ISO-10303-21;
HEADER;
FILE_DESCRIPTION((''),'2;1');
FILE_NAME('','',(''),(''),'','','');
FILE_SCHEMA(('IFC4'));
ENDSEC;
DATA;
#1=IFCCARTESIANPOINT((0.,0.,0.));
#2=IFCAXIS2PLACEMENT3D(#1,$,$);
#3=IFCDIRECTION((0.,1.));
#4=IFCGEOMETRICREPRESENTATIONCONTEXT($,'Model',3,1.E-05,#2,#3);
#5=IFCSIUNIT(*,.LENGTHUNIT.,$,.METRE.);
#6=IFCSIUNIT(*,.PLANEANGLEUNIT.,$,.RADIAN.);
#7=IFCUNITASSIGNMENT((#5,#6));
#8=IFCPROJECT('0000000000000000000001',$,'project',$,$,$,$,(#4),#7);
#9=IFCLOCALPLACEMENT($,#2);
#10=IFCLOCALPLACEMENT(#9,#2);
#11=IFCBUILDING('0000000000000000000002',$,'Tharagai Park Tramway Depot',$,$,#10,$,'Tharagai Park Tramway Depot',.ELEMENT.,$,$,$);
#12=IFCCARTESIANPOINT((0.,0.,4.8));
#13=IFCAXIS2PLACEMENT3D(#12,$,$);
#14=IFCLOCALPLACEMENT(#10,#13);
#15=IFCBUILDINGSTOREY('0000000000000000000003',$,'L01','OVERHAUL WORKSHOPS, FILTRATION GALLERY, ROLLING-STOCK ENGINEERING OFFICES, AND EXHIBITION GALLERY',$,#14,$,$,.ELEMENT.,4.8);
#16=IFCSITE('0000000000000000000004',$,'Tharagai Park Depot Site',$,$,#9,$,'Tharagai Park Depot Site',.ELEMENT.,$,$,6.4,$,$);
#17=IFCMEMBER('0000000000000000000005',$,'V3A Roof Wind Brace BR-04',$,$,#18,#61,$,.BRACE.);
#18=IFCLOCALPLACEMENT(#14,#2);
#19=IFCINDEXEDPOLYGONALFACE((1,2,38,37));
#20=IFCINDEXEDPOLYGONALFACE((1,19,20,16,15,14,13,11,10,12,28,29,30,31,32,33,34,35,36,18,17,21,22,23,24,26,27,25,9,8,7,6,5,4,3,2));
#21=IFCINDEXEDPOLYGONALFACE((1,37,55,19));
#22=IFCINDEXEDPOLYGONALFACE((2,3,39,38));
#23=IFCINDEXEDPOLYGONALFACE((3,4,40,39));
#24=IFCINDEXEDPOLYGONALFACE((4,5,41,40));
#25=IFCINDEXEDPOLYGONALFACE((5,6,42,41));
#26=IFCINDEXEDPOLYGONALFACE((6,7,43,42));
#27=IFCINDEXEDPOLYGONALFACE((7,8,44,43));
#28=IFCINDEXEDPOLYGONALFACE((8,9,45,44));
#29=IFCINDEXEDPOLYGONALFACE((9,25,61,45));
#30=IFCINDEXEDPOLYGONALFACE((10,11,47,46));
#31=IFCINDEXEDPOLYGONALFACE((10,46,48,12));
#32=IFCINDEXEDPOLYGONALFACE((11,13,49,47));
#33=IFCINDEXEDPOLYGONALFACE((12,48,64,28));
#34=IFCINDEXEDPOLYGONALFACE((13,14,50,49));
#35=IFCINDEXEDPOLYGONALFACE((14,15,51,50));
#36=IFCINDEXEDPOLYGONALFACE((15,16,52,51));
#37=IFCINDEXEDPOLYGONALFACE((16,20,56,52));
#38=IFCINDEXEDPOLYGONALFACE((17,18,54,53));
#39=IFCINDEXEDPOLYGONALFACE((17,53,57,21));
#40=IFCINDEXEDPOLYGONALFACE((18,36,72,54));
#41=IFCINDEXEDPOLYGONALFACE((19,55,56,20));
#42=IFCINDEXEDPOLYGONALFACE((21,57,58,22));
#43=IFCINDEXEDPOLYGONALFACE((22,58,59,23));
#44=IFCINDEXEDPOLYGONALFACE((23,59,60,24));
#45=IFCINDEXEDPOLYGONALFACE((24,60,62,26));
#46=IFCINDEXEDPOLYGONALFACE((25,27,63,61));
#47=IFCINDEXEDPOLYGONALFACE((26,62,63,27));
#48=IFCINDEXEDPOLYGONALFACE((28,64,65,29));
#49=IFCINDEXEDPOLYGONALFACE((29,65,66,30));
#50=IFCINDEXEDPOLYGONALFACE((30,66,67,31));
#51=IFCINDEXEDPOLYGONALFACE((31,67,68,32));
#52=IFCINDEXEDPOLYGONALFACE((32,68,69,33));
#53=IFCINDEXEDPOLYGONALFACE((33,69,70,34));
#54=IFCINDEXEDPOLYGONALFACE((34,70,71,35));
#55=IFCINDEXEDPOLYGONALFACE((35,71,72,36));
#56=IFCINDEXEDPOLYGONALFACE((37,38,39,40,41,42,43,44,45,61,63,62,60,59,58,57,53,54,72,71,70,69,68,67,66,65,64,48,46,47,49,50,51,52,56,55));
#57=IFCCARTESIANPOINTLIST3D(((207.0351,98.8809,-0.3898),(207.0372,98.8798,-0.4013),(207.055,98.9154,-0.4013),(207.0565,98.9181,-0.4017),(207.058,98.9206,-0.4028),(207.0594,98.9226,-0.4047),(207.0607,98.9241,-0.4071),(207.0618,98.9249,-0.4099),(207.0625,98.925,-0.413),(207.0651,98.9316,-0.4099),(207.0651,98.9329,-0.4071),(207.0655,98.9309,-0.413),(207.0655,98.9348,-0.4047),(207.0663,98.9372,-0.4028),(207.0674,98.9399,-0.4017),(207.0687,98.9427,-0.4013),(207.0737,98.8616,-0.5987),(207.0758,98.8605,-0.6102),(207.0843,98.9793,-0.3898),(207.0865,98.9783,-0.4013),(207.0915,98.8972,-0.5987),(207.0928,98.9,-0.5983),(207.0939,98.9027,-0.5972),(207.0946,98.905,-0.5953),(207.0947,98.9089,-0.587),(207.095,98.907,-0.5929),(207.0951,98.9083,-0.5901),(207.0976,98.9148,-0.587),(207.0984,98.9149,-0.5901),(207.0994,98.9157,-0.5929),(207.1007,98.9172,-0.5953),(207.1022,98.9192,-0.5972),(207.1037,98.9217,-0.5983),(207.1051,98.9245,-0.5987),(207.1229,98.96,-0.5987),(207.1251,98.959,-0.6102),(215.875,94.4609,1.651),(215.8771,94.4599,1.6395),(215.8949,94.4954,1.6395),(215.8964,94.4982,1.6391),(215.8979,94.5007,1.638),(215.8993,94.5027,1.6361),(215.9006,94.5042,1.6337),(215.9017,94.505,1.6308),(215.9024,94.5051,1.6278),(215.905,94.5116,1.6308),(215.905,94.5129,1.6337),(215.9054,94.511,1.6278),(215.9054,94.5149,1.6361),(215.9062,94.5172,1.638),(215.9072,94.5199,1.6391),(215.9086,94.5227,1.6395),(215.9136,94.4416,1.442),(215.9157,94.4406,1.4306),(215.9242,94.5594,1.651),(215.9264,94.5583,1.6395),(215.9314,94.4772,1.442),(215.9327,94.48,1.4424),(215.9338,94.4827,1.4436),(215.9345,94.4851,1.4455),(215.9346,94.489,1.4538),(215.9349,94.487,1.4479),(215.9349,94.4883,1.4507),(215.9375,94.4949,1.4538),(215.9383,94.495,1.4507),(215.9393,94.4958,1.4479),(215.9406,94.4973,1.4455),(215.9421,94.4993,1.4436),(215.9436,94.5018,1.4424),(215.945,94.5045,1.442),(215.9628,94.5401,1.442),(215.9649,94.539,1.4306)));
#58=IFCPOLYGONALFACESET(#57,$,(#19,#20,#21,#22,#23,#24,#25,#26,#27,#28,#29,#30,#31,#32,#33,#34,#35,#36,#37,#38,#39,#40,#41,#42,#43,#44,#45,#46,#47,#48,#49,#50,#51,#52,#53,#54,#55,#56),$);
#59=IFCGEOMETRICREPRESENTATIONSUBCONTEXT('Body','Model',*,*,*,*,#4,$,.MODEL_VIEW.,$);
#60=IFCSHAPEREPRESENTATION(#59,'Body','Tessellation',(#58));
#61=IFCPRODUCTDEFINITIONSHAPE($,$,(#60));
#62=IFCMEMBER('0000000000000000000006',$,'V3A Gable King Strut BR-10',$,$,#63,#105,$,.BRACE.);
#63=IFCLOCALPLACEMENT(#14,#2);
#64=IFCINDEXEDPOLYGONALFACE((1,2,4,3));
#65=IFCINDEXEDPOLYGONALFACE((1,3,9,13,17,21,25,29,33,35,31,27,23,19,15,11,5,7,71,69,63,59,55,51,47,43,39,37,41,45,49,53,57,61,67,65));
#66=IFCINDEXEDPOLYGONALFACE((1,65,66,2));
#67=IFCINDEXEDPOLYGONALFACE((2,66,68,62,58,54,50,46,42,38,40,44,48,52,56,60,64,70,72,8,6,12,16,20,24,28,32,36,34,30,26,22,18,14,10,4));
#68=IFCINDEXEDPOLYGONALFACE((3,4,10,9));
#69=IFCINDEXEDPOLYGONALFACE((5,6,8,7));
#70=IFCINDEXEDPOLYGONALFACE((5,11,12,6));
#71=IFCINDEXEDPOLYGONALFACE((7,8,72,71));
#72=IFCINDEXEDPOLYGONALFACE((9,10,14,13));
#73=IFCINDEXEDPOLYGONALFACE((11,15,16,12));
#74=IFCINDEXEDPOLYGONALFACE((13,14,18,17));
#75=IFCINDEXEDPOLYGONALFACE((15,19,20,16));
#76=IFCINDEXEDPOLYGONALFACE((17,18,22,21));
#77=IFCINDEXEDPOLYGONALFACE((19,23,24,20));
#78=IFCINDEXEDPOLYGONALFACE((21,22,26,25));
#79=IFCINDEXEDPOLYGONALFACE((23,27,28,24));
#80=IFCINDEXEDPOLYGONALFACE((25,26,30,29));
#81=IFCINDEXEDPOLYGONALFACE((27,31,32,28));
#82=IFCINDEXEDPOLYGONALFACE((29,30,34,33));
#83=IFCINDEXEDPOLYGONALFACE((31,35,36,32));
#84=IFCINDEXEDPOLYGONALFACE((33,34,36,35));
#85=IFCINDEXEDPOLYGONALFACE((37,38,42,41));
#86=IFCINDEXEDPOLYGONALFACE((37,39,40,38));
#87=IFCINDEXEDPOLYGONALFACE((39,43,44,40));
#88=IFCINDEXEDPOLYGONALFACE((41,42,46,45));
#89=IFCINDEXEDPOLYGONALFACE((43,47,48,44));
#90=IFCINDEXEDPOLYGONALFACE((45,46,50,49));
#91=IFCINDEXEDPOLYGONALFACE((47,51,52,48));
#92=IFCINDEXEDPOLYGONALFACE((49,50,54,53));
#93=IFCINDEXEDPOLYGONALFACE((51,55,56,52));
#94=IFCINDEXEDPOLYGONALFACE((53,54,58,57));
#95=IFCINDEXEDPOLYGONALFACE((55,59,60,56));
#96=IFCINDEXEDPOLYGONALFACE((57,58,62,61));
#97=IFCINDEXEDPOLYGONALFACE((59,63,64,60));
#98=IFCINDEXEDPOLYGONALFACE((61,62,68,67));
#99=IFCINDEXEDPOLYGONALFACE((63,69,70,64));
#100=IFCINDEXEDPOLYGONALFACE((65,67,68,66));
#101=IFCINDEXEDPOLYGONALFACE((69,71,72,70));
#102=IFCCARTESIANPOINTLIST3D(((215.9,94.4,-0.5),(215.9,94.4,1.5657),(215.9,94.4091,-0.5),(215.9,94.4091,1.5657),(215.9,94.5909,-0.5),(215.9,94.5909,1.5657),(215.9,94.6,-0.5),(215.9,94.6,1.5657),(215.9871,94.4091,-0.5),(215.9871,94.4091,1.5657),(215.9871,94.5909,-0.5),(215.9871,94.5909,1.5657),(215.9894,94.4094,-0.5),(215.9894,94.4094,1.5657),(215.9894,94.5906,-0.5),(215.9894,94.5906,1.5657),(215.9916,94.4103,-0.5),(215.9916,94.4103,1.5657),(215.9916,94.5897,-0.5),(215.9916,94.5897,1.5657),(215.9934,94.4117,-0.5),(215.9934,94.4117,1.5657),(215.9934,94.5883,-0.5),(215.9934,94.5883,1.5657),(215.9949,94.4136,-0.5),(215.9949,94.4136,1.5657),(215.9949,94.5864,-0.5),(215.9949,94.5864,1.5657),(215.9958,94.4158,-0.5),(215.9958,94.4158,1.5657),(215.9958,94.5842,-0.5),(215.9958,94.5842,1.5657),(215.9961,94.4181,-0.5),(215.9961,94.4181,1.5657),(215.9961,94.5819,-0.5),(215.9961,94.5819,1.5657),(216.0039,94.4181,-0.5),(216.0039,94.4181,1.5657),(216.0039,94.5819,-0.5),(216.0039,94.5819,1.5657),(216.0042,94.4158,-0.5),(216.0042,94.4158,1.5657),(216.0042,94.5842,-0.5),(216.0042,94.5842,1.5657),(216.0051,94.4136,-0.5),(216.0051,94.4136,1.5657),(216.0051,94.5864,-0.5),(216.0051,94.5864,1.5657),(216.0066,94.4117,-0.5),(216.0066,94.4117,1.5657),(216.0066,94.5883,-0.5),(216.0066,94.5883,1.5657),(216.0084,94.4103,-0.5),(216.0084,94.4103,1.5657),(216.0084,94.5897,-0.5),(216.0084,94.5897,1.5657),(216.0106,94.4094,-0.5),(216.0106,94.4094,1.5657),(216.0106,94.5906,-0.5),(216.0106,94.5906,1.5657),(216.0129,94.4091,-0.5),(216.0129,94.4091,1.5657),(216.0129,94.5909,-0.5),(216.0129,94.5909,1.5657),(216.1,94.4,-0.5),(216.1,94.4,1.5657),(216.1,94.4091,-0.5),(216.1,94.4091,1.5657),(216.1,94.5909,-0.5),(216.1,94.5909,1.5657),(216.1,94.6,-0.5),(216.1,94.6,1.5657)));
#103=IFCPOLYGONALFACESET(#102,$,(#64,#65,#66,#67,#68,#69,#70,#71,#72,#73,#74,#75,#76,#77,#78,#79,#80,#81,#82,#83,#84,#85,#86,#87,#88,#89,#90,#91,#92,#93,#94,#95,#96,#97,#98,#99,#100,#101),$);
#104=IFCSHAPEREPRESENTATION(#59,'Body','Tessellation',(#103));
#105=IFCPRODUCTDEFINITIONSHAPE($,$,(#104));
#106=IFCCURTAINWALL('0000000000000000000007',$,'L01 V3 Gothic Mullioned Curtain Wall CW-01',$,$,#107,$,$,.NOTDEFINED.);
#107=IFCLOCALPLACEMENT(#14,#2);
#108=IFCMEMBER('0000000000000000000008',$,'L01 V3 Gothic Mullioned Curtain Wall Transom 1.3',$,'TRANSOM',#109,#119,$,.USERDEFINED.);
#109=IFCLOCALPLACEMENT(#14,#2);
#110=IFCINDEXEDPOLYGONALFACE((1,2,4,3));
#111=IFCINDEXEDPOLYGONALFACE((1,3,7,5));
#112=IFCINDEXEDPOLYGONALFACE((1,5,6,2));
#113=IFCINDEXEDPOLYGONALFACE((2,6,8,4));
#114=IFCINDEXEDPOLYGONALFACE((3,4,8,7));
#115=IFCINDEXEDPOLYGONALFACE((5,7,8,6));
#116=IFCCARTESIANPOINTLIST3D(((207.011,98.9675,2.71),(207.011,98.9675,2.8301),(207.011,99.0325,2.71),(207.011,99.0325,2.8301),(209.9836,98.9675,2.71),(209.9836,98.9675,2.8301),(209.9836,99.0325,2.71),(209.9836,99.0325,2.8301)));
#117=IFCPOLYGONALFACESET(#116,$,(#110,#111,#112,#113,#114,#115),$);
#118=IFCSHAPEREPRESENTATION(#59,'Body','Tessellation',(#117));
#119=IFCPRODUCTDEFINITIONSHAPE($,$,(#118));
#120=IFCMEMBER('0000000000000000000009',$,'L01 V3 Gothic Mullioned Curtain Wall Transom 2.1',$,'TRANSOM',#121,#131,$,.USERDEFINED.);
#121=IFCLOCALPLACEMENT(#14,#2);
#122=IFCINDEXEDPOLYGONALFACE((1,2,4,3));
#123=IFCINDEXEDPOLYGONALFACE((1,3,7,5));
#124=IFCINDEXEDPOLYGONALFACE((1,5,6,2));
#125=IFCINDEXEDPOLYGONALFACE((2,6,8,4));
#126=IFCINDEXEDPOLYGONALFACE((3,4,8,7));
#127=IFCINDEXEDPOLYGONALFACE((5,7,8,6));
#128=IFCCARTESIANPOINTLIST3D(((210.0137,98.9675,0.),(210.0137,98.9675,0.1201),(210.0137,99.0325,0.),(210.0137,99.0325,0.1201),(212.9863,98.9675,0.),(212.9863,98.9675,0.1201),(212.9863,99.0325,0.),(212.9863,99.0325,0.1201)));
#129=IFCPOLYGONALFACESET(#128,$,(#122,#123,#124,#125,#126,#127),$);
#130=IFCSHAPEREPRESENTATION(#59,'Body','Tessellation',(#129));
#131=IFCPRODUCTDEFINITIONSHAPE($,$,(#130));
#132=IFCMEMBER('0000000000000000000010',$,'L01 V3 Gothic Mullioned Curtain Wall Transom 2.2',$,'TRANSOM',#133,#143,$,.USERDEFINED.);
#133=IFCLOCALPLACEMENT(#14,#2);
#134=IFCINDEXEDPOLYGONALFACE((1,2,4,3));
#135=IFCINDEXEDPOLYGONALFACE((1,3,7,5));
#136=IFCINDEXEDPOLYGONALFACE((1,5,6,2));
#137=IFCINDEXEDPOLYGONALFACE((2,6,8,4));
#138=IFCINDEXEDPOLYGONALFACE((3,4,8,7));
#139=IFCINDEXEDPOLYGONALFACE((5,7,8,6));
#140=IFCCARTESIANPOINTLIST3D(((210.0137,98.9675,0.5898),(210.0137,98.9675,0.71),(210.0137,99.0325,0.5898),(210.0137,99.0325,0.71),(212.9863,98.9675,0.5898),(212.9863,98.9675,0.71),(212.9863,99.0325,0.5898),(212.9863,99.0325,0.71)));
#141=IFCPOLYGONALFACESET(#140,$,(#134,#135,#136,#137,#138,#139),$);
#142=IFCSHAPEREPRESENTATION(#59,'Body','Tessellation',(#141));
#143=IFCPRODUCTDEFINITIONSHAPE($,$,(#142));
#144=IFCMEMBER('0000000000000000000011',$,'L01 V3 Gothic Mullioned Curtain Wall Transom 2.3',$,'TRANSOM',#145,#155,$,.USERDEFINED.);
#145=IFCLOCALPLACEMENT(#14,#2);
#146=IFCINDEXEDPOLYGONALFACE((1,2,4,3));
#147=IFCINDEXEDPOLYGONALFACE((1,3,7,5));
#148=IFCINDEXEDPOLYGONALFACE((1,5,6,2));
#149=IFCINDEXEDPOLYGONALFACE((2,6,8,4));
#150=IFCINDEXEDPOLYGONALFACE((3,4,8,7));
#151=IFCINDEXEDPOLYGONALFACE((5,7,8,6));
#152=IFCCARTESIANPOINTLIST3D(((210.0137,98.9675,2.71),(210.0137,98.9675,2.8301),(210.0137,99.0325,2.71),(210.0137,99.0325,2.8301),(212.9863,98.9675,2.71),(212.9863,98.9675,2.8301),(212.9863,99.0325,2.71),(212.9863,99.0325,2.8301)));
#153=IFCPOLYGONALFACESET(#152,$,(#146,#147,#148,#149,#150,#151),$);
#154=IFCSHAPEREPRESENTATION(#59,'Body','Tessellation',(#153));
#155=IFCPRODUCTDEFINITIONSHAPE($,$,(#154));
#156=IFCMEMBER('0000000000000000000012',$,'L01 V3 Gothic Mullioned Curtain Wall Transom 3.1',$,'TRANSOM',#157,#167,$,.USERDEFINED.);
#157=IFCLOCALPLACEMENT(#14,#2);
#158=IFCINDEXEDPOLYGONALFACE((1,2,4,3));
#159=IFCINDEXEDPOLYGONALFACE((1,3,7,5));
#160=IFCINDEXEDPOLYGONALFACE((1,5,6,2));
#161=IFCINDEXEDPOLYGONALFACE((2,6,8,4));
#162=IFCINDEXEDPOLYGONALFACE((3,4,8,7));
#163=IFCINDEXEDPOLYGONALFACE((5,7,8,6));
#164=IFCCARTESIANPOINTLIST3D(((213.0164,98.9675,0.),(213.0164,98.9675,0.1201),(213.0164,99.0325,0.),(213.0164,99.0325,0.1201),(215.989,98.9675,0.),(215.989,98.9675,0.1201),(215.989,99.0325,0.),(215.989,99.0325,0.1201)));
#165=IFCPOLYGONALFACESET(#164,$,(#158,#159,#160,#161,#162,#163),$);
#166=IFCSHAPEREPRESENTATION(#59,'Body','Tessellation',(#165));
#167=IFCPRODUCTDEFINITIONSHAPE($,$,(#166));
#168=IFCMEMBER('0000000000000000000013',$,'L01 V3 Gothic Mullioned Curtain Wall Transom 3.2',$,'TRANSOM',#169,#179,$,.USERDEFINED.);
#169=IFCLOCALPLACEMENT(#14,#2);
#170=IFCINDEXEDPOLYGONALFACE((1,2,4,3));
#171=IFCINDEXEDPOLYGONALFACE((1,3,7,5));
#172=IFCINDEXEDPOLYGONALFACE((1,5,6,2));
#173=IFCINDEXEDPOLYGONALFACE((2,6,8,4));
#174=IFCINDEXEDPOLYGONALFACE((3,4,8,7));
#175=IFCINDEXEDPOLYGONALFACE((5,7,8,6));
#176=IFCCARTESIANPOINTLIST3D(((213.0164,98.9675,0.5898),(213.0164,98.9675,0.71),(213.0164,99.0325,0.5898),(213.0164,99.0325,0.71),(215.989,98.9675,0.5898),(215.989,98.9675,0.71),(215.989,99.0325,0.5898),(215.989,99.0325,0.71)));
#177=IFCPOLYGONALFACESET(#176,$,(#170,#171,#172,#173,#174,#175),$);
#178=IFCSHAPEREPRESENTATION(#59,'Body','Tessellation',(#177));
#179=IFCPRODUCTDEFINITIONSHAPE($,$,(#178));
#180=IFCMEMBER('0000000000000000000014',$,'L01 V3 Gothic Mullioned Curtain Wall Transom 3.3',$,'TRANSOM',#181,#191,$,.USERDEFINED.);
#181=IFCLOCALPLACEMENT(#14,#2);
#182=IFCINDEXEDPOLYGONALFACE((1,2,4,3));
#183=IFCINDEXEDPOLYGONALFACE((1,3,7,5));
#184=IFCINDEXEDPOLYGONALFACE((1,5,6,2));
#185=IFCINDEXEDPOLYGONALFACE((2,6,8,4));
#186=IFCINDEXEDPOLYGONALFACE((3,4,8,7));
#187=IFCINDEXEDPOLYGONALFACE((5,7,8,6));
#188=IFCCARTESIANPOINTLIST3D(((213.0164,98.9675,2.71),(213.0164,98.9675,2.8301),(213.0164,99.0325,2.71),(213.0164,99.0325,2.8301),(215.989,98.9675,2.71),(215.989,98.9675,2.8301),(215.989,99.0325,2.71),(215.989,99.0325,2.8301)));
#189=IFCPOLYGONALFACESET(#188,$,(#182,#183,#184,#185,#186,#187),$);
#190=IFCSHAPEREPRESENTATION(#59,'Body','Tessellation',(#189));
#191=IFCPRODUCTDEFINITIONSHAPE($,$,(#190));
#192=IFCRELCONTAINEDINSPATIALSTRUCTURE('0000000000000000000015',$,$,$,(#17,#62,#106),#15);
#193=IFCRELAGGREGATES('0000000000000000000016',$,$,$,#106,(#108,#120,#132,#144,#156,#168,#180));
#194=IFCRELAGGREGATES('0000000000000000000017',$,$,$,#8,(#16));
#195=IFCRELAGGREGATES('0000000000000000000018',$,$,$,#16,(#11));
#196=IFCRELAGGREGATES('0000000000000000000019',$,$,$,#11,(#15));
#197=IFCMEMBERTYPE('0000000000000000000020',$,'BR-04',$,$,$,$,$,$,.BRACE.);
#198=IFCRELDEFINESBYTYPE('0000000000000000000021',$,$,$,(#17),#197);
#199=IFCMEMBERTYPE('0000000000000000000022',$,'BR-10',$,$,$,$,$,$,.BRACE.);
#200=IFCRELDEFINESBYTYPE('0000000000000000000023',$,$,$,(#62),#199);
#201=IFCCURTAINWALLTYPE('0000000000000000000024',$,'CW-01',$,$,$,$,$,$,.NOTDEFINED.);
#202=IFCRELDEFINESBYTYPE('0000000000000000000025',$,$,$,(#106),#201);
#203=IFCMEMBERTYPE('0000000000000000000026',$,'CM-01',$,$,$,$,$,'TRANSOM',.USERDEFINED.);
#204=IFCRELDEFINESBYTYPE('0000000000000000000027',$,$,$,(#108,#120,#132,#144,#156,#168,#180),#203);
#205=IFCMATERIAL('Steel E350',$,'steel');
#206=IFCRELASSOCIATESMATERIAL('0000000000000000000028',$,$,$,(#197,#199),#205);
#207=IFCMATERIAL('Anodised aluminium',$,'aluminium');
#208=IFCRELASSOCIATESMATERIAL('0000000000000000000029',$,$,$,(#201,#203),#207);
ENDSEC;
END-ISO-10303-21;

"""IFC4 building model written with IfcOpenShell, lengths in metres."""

from ifc_helpers import new_model, si_unit, direction, frame, origin, origin_2d, place, context, subcontext, project, spatial, rectangle, i_section, extrude, material, material_profile, profile_set, type_object, element, aggregate, save


model = new_model("IFC4")

# Units and contexts
model_context = context("Model", 3, precision=1e-05, world=origin(), true_north=direction((0.0, 1.0)))
body_context = subcontext(model_context, "Body", "Model", "MODEL_VIEW")
ifc_project = project(units=[si_unit("LENGTHUNIT", "METRE"), si_unit("PLANEANGLEUNIT", "RADIAN")], contexts=[model_context])

# Site, building, storey
site_placement = place(None, origin())
site = spatial("IfcSite", under=ifc_project, at=site_placement, Name="Tharagai Park Depot Site", LongName="Tharagai Park Depot Site", CompositionType="ELEMENT", RefElevation=6.4)
building_placement = place(site_placement, origin())
building = spatial("IfcBuilding", under=site, at=building_placement, Name="Tharagai Park Tramway Depot", LongName="Tharagai Park Tramway Depot", CompositionType="ELEMENT")
storey_placement = place(building_placement, frame((0.0, 0.0, 4.8)))
storey = spatial("IfcBuildingStorey", under=building, at=storey_placement, Name="L01", Description="OVERHAUL WORKSHOPS, FILTRATION GALLERY, ROLLING-STOCK ENGINEERING OFFICES, AND EXHIBITION GALLERY", CompositionType="ELEMENT", Elevation=4.8)

# Members
ifc_material_1 = material(Name="Steel E350", Category="steel")
ifc_material_profile_1 = material_profile(ifc_material_1, i_section(OverallWidth=0.1101, OverallDepth=0.2251, WebThickness=0.0066, FlangeThickness=0.0117, FilletRadius=0.012, at=origin_2d()), Name="ISMB 225")
ifc_profile_set_1 = profile_set([ifc_material_profile_1], Name="Steel E350")
member_type_1 = type_object("IfcMemberType", Name="BR-04", PredefinedType="BRACE", material=ifc_profile_set_1)
member_1_placement = place(storey_placement, frame((207.0801, 98.9199, -0.5), z_axis=(0.875948, -0.437974, 0.202222), x_axis=(0.447214, 0.894427, 0.0)))
element("IfcMember", 1, at=member_1_placement, inside=storey, type_object=member_type_1, Name="V3A Roof Wind Brace BR-04", PredefinedType="BRACE", context=body_context, shape_type="SweptSolid", body=[
    extrude(i_section(OverallWidth=0.1101, OverallDepth=0.2251, WebThickness=0.0066, FlangeThickness=0.0117, FilletRadius=0.012, at=origin_2d()), origin(), (0.0, 0.0, 1.0), 10.0918),
])
ifc_material_profile_2 = material_profile(ifc_material_1, i_section(OverallWidth=0.2, OverallDepth=0.2, WebThickness=0.0078, FlangeThickness=0.009, FilletRadius=0.009, at=origin_2d()), Name="ISHB 200")
ifc_profile_set_2 = profile_set([ifc_material_profile_2], Name="Steel E350")
member_type_2 = type_object("IfcMemberType", Name="BR-10", PredefinedType="BRACE", material=ifc_profile_set_2)
member_2_placement = place(storey_placement, frame((216.0, 94.5, -0.5), z_axis=(0.0, 0.0, 1.0), x_axis=(1.0, 0.0, 0.0)))
element("IfcMember", 2, at=member_2_placement, inside=storey, type_object=member_type_2, Name="V3A Gable King Strut BR-10", PredefinedType="BRACE", context=body_context, shape_type="SweptSolid", body=[
    extrude(i_section(OverallWidth=0.2, OverallDepth=0.2, WebThickness=0.0078, FlangeThickness=0.009, FilletRadius=0.009, at=origin_2d()), origin(), (0.0, 0.0, 1.0), 2.0657),
])

# Curtain wall, members
ifc_material_2 = material(Name="Anodised aluminium", Category="aluminium")
curtain_wall_type = type_object("IfcCurtainWallType", Name="CW-01", PredefinedType="NOTDEFINED", material=ifc_material_2)
curtain_wall_placement = place(storey_placement, origin())
curtain_wall = element("IfcCurtainWall", 3, at=curtain_wall_placement, inside=storey, type_object=curtain_wall_type, Name="L01 V3 Gothic Mullioned Curtain Wall CW-01", PredefinedType="NOTDEFINED")
ifc_material_profile_3 = material_profile(ifc_material_2, rectangle(XDim=0.0649, YDim=0.1201, at=origin_2d()), Name="ALU 65x120")
ifc_profile_set_3 = profile_set([ifc_material_profile_3], Name="Anodised aluminium")
member_type_3 = type_object("IfcMemberType", Name="CM-01", ElementType="TRANSOM", PredefinedType="USERDEFINED", material=ifc_profile_set_3)
member_3_placement = place(storey_placement, frame((207.011, 99.0, 2.77), z_axis=(1.0, 0.0, 0.0), x_axis=(0.0, 1.0, 0.0)))
member_3 = element("IfcMember", 4, at=member_3_placement, type_object=member_type_3, Name="L01 V3 Gothic Mullioned Curtain Wall Transom 1.3", ObjectType="TRANSOM", PredefinedType="USERDEFINED", context=body_context, shape_type="SweptSolid", body=[
    extrude(rectangle(XDim=0.0649, YDim=0.1201, at=origin_2d()), origin(), (0.0, 0.0, 1.0), 2.9727),
])
member_4_placement = place(storey_placement, frame((210.0137, 99.0, 0.0601), z_axis=(1.0, 0.0, 0.0), x_axis=(0.0, 1.0, 0.0)))
member_4 = element("IfcMember", 5, at=member_4_placement, type_object=member_type_3, Name="L01 V3 Gothic Mullioned Curtain Wall Transom 2.1", ObjectType="TRANSOM", PredefinedType="USERDEFINED", context=body_context, shape_type="SweptSolid", body=[
    extrude(rectangle(XDim=0.0649, YDim=0.1201, at=origin_2d()), origin(), (0.0, 0.0, 1.0), 2.9727),
])
member_5_placement = place(storey_placement, frame((210.0137, 99.0, 0.6499), z_axis=(1.0, 0.0, 0.0), x_axis=(0.0, 1.0, 0.0)))
member_5 = element("IfcMember", 6, at=member_5_placement, type_object=member_type_3, Name="L01 V3 Gothic Mullioned Curtain Wall Transom 2.2", ObjectType="TRANSOM", PredefinedType="USERDEFINED", context=body_context, shape_type="SweptSolid", body=[
    extrude(rectangle(XDim=0.0649, YDim=0.1201, at=origin_2d()), origin(), (0.0, 0.0, 1.0), 2.9727),
])
member_6_placement = place(storey_placement, frame((210.0137, 99.0, 2.77), z_axis=(1.0, 0.0, 0.0), x_axis=(0.0, 1.0, 0.0)))
member_6 = element("IfcMember", 7, at=member_6_placement, type_object=member_type_3, Name="L01 V3 Gothic Mullioned Curtain Wall Transom 2.3", ObjectType="TRANSOM", PredefinedType="USERDEFINED", context=body_context, shape_type="SweptSolid", body=[
    extrude(rectangle(XDim=0.0649, YDim=0.1201, at=origin_2d()), origin(), (0.0, 0.0, 1.0), 2.9727),
])
member_7_placement = place(storey_placement, frame((213.0164, 99.0, 0.0601), z_axis=(1.0, 0.0, 0.0), x_axis=(0.0, 1.0, 0.0)))
member_7 = element("IfcMember", 8, at=member_7_placement, type_object=member_type_3, Name="L01 V3 Gothic Mullioned Curtain Wall Transom 3.1", ObjectType="TRANSOM", PredefinedType="USERDEFINED", context=body_context, shape_type="SweptSolid", body=[
    extrude(rectangle(XDim=0.0649, YDim=0.1201, at=origin_2d()), origin(), (0.0, 0.0, 1.0), 2.9727),
])
member_8_placement = place(storey_placement, frame((213.0164, 99.0, 0.6499), z_axis=(1.0, 0.0, 0.0), x_axis=(0.0, 1.0, 0.0)))
member_8 = element("IfcMember", 9, at=member_8_placement, type_object=member_type_3, Name="L01 V3 Gothic Mullioned Curtain Wall Transom 3.2", ObjectType="TRANSOM", PredefinedType="USERDEFINED", context=body_context, shape_type="SweptSolid", body=[
    extrude(rectangle(XDim=0.0649, YDim=0.1201, at=origin_2d()), origin(), (0.0, 0.0, 1.0), 2.9727),
])
member_9_placement = place(storey_placement, frame((213.0164, 99.0, 2.77), z_axis=(1.0, 0.0, 0.0), x_axis=(0.0, 1.0, 0.0)))
member_9 = element("IfcMember", 10, at=member_9_placement, type_object=member_type_3, Name="L01 V3 Gothic Mullioned Curtain Wall Transom 3.3", ObjectType="TRANSOM", PredefinedType="USERDEFINED", context=body_context, shape_type="SweptSolid", body=[
    extrude(rectangle(XDim=0.0649, YDim=0.1201, at=origin_2d()), origin(), (0.0, 0.0, 1.0), 2.9727),
])

aggregate(curtain_wall, [member_3, member_4, member_5, member_6, member_7, member_8, member_9])

save(model, "model.ifc")
